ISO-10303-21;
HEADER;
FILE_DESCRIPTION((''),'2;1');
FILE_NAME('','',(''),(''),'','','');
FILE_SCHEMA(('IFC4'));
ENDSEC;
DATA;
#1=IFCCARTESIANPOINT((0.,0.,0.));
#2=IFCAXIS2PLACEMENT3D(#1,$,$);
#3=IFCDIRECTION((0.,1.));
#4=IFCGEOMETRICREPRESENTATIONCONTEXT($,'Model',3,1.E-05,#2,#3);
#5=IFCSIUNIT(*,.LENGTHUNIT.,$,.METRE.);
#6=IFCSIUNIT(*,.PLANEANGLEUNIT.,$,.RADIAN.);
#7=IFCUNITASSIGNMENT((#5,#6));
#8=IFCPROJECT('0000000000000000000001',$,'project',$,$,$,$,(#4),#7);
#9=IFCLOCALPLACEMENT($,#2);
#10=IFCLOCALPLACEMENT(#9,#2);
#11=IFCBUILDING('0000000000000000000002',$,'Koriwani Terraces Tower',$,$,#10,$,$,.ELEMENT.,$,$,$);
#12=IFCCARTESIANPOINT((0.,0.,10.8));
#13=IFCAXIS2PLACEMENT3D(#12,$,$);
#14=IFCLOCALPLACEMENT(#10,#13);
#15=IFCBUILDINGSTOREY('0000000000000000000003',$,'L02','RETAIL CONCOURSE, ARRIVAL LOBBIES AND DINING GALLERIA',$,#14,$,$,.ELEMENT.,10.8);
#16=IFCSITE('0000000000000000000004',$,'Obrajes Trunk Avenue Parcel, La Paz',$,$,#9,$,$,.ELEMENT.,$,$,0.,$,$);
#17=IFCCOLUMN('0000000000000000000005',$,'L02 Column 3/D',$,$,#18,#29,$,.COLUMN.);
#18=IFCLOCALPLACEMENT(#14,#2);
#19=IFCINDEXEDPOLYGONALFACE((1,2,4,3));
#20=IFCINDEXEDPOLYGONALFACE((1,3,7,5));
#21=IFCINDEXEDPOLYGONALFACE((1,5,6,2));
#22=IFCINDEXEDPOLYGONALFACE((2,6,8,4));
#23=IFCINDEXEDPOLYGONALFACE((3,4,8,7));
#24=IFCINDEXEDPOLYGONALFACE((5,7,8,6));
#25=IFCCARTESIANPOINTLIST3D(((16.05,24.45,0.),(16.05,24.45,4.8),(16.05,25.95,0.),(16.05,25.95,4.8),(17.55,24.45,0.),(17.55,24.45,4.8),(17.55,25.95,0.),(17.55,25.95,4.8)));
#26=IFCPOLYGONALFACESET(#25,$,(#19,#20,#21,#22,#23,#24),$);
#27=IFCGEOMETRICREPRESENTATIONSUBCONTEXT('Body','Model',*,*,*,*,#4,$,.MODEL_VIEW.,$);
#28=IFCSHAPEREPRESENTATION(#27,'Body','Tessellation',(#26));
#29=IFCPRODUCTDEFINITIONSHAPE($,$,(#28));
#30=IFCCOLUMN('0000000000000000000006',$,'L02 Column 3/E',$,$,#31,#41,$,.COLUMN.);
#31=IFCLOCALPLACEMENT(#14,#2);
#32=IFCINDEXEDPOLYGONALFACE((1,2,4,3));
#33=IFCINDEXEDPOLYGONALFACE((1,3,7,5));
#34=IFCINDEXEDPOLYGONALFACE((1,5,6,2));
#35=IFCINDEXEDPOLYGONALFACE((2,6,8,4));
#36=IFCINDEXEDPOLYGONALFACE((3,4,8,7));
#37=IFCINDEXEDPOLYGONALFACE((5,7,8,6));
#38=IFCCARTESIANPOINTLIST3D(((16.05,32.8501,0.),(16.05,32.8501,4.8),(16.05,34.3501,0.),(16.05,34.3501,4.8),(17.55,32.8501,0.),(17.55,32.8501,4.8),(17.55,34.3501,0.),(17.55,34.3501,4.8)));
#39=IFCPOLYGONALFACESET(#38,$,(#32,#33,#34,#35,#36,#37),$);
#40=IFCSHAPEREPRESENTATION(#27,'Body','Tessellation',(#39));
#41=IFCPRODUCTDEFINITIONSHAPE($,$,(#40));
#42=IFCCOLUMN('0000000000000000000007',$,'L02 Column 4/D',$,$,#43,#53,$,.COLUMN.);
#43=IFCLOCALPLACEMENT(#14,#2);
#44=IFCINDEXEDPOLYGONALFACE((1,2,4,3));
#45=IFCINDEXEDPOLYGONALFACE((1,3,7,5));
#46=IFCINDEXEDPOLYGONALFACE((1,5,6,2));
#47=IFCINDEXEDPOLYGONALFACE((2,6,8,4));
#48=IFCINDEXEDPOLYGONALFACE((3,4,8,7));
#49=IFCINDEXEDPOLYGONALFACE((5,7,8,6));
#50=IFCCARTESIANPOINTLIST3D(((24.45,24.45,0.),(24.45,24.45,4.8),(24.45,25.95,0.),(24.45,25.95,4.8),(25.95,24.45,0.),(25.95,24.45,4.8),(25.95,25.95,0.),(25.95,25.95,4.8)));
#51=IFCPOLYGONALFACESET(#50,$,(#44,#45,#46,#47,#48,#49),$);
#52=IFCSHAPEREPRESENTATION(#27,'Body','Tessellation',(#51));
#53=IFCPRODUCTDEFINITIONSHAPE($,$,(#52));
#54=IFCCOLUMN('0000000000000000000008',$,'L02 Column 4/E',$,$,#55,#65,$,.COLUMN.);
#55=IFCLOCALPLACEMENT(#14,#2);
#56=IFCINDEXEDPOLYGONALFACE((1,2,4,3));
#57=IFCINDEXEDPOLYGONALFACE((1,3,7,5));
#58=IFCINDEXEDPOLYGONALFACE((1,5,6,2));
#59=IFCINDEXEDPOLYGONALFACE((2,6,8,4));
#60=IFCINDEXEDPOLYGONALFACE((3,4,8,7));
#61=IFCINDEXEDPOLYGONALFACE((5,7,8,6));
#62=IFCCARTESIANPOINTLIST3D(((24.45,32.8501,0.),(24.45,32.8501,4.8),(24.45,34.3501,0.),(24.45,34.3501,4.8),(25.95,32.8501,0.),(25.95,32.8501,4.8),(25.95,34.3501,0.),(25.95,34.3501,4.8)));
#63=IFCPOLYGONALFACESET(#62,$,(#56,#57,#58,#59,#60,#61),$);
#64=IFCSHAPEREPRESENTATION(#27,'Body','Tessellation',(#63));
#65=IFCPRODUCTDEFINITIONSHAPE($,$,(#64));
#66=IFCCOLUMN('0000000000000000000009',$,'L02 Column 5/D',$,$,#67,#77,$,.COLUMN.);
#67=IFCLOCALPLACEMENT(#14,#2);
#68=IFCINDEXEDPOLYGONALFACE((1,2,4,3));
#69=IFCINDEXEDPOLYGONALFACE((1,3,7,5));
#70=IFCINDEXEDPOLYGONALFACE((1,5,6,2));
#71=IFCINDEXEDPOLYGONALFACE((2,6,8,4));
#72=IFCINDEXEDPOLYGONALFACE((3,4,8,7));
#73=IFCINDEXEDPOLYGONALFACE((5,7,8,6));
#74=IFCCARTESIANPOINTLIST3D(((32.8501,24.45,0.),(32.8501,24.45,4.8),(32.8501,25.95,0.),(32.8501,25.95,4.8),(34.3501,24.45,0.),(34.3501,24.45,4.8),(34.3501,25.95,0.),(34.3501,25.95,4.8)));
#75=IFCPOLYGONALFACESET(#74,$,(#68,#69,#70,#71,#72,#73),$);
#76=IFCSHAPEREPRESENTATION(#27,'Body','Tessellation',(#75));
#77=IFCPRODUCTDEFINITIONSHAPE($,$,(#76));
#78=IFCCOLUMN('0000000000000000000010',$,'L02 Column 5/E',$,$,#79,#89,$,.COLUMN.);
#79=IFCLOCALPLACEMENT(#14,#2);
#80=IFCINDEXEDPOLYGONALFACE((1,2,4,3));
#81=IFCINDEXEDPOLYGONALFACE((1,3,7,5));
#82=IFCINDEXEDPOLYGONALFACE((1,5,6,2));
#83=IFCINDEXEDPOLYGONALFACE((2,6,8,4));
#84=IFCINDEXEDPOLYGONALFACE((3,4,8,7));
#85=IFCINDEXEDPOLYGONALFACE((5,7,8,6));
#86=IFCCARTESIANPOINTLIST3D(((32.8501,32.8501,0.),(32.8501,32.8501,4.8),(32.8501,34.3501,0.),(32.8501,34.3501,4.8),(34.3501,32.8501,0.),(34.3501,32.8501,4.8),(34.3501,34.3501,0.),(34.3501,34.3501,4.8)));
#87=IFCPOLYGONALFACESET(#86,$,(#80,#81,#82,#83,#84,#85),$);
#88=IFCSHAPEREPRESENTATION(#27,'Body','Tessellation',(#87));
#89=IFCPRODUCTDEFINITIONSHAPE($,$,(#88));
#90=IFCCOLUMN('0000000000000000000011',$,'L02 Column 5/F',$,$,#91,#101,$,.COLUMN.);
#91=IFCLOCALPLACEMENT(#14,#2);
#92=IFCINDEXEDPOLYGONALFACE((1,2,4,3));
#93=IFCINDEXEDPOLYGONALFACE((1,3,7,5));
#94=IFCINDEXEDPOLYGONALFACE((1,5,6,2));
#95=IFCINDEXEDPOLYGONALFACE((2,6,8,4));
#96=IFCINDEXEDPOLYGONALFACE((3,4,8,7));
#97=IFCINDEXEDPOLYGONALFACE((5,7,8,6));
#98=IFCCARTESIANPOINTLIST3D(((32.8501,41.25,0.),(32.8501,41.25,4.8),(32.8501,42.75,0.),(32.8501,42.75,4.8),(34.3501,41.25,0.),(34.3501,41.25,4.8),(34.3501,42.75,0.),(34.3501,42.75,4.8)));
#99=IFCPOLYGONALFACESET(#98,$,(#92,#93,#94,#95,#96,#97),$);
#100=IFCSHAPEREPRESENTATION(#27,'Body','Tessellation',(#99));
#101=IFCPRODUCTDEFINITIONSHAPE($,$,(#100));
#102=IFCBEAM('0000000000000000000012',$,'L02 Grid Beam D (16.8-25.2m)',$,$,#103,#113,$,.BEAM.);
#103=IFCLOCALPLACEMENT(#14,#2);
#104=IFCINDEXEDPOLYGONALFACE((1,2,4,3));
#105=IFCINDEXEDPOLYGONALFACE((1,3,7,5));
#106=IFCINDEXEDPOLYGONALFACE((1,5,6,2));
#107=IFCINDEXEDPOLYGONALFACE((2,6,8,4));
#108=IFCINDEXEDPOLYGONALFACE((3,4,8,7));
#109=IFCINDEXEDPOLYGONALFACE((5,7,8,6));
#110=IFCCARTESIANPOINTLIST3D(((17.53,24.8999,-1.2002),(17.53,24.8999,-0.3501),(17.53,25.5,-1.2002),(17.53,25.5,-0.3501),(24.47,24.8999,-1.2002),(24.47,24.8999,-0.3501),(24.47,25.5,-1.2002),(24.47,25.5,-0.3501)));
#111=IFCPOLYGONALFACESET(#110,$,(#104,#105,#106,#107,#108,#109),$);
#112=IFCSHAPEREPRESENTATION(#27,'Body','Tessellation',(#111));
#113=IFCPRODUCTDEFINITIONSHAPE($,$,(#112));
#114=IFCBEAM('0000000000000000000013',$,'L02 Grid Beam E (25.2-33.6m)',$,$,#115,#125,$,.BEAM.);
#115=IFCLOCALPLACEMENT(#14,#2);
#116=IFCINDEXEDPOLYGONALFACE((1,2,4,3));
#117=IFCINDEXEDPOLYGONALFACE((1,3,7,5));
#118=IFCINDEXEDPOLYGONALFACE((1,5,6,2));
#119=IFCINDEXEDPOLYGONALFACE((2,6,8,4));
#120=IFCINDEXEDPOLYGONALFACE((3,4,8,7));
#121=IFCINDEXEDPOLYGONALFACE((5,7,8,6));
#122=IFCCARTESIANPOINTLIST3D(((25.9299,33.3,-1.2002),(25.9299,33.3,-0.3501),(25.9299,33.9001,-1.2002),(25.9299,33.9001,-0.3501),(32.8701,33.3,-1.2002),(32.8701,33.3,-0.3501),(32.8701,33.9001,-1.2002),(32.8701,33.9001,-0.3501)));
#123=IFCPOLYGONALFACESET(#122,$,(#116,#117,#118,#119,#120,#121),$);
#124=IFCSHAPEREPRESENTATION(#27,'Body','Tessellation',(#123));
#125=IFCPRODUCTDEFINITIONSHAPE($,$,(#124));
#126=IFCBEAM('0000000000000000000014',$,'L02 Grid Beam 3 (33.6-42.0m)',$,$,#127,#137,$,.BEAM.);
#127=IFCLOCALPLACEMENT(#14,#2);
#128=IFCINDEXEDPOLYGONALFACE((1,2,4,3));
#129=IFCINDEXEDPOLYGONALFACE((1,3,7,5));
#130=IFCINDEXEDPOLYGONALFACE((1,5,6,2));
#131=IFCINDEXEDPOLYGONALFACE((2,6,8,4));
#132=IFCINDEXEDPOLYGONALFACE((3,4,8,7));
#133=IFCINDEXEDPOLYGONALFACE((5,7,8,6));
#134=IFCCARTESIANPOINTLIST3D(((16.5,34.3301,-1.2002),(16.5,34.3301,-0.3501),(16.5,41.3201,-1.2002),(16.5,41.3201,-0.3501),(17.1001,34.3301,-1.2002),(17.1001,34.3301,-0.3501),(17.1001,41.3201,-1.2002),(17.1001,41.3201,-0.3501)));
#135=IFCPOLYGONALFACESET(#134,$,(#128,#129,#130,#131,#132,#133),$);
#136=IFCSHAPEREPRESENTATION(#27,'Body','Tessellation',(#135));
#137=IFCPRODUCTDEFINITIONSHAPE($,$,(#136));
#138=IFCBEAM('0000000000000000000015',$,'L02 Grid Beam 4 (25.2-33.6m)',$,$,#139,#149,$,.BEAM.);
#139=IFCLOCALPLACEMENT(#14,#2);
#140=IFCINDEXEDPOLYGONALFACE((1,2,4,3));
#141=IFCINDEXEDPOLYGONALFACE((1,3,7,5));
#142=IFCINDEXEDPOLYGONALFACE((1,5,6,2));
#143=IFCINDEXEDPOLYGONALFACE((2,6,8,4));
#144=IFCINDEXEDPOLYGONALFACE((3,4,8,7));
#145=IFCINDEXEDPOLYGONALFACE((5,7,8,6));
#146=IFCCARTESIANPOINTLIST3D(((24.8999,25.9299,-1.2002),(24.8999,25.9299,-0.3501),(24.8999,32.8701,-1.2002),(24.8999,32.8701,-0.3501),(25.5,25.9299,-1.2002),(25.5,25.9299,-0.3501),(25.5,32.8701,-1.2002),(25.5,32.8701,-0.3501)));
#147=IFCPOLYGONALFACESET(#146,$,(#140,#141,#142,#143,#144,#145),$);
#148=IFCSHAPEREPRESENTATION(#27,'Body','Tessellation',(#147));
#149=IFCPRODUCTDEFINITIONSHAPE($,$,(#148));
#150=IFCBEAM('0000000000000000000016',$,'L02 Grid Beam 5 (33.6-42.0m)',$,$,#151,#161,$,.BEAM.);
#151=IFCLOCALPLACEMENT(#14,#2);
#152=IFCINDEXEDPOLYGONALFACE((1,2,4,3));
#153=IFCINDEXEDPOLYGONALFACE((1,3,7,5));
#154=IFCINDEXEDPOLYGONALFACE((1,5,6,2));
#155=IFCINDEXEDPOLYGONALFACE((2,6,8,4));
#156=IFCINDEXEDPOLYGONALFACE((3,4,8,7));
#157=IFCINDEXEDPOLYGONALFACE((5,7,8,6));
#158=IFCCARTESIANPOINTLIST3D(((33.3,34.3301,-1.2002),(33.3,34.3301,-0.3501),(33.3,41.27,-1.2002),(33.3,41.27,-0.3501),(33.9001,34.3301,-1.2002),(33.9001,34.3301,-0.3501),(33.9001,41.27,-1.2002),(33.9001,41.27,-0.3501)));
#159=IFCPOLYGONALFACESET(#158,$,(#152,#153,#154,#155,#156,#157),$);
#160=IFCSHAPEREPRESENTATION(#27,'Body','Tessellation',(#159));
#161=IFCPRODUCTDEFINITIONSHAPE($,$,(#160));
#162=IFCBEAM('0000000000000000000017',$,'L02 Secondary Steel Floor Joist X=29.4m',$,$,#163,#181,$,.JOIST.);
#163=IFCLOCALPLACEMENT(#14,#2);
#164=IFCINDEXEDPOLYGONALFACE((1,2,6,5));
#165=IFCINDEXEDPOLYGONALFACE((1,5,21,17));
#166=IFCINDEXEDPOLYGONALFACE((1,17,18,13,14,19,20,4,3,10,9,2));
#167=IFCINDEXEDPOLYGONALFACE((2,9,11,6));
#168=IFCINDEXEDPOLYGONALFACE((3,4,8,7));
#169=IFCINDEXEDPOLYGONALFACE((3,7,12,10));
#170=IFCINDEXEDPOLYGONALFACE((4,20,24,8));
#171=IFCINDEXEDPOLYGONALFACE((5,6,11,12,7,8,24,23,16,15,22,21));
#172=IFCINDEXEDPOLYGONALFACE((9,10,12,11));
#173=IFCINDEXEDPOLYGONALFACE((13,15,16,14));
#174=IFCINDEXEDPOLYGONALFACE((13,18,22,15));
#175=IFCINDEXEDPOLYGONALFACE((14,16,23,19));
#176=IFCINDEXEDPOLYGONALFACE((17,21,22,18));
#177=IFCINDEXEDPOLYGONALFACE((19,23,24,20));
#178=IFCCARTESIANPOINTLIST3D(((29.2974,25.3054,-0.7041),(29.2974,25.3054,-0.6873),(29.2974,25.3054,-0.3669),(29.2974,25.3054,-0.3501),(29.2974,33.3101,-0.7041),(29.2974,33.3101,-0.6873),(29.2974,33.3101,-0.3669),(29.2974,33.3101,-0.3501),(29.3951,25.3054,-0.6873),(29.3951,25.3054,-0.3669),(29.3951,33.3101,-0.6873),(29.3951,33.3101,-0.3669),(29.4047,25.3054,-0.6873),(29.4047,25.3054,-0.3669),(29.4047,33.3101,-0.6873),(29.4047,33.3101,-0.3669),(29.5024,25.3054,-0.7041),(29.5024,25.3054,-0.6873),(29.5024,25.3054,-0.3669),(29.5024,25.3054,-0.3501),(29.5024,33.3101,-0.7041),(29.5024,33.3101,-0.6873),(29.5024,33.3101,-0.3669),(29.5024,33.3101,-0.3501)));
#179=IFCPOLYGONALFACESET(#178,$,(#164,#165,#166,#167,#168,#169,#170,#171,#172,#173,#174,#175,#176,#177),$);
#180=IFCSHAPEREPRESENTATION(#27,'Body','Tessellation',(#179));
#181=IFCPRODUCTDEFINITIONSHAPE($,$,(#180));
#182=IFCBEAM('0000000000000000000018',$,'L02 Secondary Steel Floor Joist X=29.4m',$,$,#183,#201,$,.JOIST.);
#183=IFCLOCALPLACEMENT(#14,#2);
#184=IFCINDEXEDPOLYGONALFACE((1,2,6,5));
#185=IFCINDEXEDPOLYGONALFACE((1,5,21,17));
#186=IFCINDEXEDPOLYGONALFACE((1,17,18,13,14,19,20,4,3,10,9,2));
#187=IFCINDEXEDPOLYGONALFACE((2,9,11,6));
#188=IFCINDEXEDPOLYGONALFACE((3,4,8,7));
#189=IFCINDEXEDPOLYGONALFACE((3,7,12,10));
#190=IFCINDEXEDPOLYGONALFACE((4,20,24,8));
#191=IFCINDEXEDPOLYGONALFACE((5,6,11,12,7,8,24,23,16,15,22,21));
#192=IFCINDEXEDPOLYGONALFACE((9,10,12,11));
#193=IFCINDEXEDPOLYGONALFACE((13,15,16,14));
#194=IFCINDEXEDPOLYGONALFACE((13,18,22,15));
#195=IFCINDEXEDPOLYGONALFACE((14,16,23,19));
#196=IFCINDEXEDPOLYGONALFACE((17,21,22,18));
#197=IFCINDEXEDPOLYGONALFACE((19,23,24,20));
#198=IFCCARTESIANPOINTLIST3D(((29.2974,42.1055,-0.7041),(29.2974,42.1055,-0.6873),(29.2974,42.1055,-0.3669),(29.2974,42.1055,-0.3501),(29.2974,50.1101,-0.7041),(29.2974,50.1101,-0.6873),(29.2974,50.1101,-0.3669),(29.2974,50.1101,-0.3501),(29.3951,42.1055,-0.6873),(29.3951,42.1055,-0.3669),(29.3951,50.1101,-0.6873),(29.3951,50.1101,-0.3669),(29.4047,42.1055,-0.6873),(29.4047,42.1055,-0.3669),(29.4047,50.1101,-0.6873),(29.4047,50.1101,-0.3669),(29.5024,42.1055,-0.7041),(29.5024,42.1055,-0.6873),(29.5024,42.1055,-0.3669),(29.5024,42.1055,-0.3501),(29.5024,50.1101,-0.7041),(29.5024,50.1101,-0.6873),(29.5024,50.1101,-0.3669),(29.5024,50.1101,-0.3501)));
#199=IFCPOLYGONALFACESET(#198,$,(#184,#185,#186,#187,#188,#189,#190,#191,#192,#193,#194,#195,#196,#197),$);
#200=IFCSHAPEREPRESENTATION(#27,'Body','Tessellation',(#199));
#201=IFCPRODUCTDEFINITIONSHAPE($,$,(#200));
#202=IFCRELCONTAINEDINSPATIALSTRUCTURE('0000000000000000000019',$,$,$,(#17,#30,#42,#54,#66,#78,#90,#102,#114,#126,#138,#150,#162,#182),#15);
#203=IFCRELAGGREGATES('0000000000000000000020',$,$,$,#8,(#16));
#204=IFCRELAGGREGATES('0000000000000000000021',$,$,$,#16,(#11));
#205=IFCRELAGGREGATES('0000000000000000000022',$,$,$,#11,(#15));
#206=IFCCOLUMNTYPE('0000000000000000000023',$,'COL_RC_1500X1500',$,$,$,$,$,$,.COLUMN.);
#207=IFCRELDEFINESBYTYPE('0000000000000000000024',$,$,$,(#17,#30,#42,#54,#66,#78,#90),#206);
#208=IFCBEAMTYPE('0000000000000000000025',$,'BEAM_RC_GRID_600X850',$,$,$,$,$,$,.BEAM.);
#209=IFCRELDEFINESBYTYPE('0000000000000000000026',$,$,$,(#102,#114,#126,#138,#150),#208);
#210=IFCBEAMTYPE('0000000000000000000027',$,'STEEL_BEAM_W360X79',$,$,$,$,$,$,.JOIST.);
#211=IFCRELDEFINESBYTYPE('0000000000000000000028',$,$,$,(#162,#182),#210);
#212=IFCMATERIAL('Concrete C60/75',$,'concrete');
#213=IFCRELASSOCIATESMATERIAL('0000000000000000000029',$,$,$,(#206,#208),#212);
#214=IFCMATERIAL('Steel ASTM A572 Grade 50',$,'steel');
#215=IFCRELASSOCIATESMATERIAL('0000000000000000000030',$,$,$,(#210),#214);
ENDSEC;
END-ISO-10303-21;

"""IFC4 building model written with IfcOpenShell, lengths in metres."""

from ifc_helpers import new_model, si_unit, direction, frame, origin, origin_2d, place, context, subcontext, project, spatial, rectangle, i_section, extrude, material, material_profile, profile_set, type_object, element, save


model = new_model("IFC4")

# Units and contexts
model_context = context("Model", 3, precision=1e-05, world=origin(), true_north=direction((0.0, 1.0)))
body_context = subcontext(model_context, "Body", "Model", "MODEL_VIEW")
ifc_project = project(units=[si_unit("LENGTHUNIT", "METRE"), si_unit("PLANEANGLEUNIT", "RADIAN")], contexts=[model_context])

# Site, building, storey
site_placement = place(None, origin())
site = spatial("IfcSite", under=ifc_project, at=site_placement, Name="Obrajes Trunk Avenue Parcel, La Paz", CompositionType="ELEMENT", RefElevation=0.0)
building_placement = place(site_placement, origin())
building = spatial("IfcBuilding", under=site, at=building_placement, Name="Koriwani Terraces Tower", CompositionType="ELEMENT")
storey_placement = place(building_placement, frame((0.0, 0.0, 10.8)))
storey = spatial("IfcBuildingStorey", under=building, at=storey_placement, Name="L02", Description="RETAIL CONCOURSE, ARRIVAL LOBBIES AND DINING GALLERIA", CompositionType="ELEMENT", Elevation=10.8)

# Columns
ifc_material_1 = material(Name="Concrete C60/75", Category="concrete")
ifc_material_profile_1 = material_profile(ifc_material_1, rectangle(XDim=1.5, YDim=1.5, at=origin_2d()), Name="Concrete C60/75", Category="LoadBearing")
ifc_profile_set_1 = profile_set([ifc_material_profile_1], Name="Concrete C60/75")
column_type = type_object("IfcColumnType", Name="COL_RC_1500X1500", PredefinedType="COLUMN", material=ifc_profile_set_1)
for number, where, z_axis, x_axis, name in (
    (1, (16.8, 25.2, 0.0), (0.0, 0.0, 1.0), (1.0, 0.0, 0.0), "L02 Column 3/D"),
    (2, (16.8, 33.6001, 0.0), (0.0, 0.0, 1.0), (1.0, 0.0, 0.0), "L02 Column 3/E"),
    (3, (25.2, 25.2, 0.0), (0.0, 0.0, 1.0), (1.0, 0.0, 0.0), "L02 Column 4/D"),
    (4, (25.2, 33.6001, 0.0), (0.0, 0.0, 1.0), (1.0, 0.0, 0.0), "L02 Column 4/E"),
    (5, (33.6001, 25.2, 0.0), (0.0, 0.0, 1.0), (1.0, 0.0, 0.0), "L02 Column 5/D"),
    (6, (33.6001, 33.6001, 0.0), (0.0, 0.0, 1.0), (1.0, 0.0, 0.0), "L02 Column 5/E"),
    (7, (33.6001, 42.0, 0.0), (0.0, 0.0, 1.0), (1.0, 0.0, 0.0), "L02 Column 5/F"),
):
    element("IfcColumn", number, at=place(storey_placement, frame(where, z_axis=z_axis, x_axis=x_axis)), inside=storey, type_object=column_type, Name=name, PredefinedType="COLUMN", context=body_context, shape_type="SweptSolid", body=[
        extrude(rectangle(XDim=1.5, YDim=1.5, at=origin_2d()), origin(), (0.0, 0.0, 1.0), 4.8),
    ])

# Beams
ifc_material_profile_2 = material_profile(ifc_material_1, rectangle(XDim=0.6001, YDim=0.8501, at=origin_2d()), Name="Concrete C60/75", Category="LoadBearing")
ifc_profile_set_2 = profile_set([ifc_material_profile_2], Name="Concrete C60/75")
beam_type_1 = type_object("IfcBeamType", Name="BEAM_RC_GRID_600X850", PredefinedType="BEAM", material=ifc_profile_set_2)
beam_1_placement = place(storey_placement, frame((17.53, 25.2, -0.7751), z_axis=(1.0, 0.0, 0.0), x_axis=(0.0, 1.0, 0.0)))
element("IfcBeam", 8, at=beam_1_placement, inside=storey, type_object=beam_type_1, Name="L02 Grid Beam D (16.8-25.2m)", PredefinedType="BEAM", context=body_context, shape_type="SweptSolid", body=[
    extrude(rectangle(XDim=0.6001, YDim=0.8501, at=origin_2d()), origin(), (0.0, 0.0, 1.0), 6.9399),
])
beam_2_placement = place(storey_placement, frame((25.9299, 33.6001, -0.7751), z_axis=(1.0, 0.0, 0.0), x_axis=(0.0, 1.0, 0.0)))
element("IfcBeam", 9, at=beam_2_placement, inside=storey, type_object=beam_type_1, Name="L02 Grid Beam E (25.2-33.6m)", PredefinedType="BEAM", context=body_context, shape_type="SweptSolid", body=[
    extrude(rectangle(XDim=0.6001, YDim=0.8501, at=origin_2d()), origin(), (0.0, 0.0, 1.0), 6.9402),
])
beam_3_placement = place(storey_placement, frame((16.8, 34.3301, -0.7751), z_axis=(0.0, 1.0, 0.0), x_axis=(-1.0, 0.0, 0.0)))
element("IfcBeam", 10, at=beam_3_placement, inside=storey, type_object=beam_type_1, Name="L02 Grid Beam 3 (33.6-42.0m)", PredefinedType="BEAM", context=body_context, shape_type="SweptSolid", body=[
    extrude(rectangle(XDim=0.6001, YDim=0.8501, at=origin_2d()), origin(), (0.0, 0.0, 1.0), 6.99),
])
beam_4_placement = place(storey_placement, frame((25.2, 25.9299, -0.7751), z_axis=(0.0, 1.0, 0.0), x_axis=(-1.0, 0.0, 0.0)))
element("IfcBeam", 11, at=beam_4_placement, inside=storey, type_object=beam_type_1, Name="L02 Grid Beam 4 (25.2-33.6m)", PredefinedType="BEAM", context=body_context, shape_type="SweptSolid", body=[
    extrude(rectangle(XDim=0.6001, YDim=0.8501, at=origin_2d()), origin(), (0.0, 0.0, 1.0), 6.9402),
])
beam_5_placement = place(storey_placement, frame((33.6001, 34.3301, -0.7751), z_axis=(0.0, 1.0, 0.0), x_axis=(-1.0, 0.0, 0.0)))
element("IfcBeam", 12, at=beam_5_placement, inside=storey, type_object=beam_type_1, Name="L02 Grid Beam 5 (33.6-42.0m)", PredefinedType="BEAM", context=body_context, shape_type="SweptSolid", body=[
    extrude(rectangle(XDim=0.6001, YDim=0.8501, at=origin_2d()), origin(), (0.0, 0.0, 1.0), 6.9399),
])
ifc_material_2 = material(Name="Steel ASTM A572 Grade 50", Category="steel")
ifc_material_profile_3 = material_profile(ifc_material_2, i_section(OverallWidth=0.2051, OverallDepth=0.354, WebThickness=0.0095, FlangeThickness=0.0168, at=origin_2d()), Name="Steel ASTM A572 Grade 50", Category="LoadBearing")
ifc_profile_set_3 = profile_set([ifc_material_profile_3], Name="Steel ASTM A572 Grade 50")
beam_type_2 = type_object("IfcBeamType", Name="STEEL_BEAM_W360X79", PredefinedType="JOIST", material=ifc_profile_set_3)
for number, where, z_axis, x_axis, name in (
    (13, (29.3999, 25.3054, -0.5271), (0.0, 1.0, 0.0), (-1.0, 0.0, 0.0), "L02 Secondary Steel Floor Joist X=29.4m"),
    (14, (29.3999, 42.1055, -0.5271), (0.0, 1.0, 0.0), (-1.0, 0.0, 0.0), "L02 Secondary Steel Floor Joist X=29.4m"),
):
    element("IfcBeam", number, at=place(storey_placement, frame(where, z_axis=z_axis, x_axis=x_axis)), inside=storey, type_object=beam_type_2, Name=name, PredefinedType="JOIST", context=body_context, shape_type="SweptSolid", body=[
        extrude(i_section(OverallWidth=0.2051, OverallDepth=0.354, WebThickness=0.0095, FlangeThickness=0.0168, at=origin_2d()), origin(), (0.0, 0.0, 1.0), 8.0046),
    ])

save(model, "model.ifc")
